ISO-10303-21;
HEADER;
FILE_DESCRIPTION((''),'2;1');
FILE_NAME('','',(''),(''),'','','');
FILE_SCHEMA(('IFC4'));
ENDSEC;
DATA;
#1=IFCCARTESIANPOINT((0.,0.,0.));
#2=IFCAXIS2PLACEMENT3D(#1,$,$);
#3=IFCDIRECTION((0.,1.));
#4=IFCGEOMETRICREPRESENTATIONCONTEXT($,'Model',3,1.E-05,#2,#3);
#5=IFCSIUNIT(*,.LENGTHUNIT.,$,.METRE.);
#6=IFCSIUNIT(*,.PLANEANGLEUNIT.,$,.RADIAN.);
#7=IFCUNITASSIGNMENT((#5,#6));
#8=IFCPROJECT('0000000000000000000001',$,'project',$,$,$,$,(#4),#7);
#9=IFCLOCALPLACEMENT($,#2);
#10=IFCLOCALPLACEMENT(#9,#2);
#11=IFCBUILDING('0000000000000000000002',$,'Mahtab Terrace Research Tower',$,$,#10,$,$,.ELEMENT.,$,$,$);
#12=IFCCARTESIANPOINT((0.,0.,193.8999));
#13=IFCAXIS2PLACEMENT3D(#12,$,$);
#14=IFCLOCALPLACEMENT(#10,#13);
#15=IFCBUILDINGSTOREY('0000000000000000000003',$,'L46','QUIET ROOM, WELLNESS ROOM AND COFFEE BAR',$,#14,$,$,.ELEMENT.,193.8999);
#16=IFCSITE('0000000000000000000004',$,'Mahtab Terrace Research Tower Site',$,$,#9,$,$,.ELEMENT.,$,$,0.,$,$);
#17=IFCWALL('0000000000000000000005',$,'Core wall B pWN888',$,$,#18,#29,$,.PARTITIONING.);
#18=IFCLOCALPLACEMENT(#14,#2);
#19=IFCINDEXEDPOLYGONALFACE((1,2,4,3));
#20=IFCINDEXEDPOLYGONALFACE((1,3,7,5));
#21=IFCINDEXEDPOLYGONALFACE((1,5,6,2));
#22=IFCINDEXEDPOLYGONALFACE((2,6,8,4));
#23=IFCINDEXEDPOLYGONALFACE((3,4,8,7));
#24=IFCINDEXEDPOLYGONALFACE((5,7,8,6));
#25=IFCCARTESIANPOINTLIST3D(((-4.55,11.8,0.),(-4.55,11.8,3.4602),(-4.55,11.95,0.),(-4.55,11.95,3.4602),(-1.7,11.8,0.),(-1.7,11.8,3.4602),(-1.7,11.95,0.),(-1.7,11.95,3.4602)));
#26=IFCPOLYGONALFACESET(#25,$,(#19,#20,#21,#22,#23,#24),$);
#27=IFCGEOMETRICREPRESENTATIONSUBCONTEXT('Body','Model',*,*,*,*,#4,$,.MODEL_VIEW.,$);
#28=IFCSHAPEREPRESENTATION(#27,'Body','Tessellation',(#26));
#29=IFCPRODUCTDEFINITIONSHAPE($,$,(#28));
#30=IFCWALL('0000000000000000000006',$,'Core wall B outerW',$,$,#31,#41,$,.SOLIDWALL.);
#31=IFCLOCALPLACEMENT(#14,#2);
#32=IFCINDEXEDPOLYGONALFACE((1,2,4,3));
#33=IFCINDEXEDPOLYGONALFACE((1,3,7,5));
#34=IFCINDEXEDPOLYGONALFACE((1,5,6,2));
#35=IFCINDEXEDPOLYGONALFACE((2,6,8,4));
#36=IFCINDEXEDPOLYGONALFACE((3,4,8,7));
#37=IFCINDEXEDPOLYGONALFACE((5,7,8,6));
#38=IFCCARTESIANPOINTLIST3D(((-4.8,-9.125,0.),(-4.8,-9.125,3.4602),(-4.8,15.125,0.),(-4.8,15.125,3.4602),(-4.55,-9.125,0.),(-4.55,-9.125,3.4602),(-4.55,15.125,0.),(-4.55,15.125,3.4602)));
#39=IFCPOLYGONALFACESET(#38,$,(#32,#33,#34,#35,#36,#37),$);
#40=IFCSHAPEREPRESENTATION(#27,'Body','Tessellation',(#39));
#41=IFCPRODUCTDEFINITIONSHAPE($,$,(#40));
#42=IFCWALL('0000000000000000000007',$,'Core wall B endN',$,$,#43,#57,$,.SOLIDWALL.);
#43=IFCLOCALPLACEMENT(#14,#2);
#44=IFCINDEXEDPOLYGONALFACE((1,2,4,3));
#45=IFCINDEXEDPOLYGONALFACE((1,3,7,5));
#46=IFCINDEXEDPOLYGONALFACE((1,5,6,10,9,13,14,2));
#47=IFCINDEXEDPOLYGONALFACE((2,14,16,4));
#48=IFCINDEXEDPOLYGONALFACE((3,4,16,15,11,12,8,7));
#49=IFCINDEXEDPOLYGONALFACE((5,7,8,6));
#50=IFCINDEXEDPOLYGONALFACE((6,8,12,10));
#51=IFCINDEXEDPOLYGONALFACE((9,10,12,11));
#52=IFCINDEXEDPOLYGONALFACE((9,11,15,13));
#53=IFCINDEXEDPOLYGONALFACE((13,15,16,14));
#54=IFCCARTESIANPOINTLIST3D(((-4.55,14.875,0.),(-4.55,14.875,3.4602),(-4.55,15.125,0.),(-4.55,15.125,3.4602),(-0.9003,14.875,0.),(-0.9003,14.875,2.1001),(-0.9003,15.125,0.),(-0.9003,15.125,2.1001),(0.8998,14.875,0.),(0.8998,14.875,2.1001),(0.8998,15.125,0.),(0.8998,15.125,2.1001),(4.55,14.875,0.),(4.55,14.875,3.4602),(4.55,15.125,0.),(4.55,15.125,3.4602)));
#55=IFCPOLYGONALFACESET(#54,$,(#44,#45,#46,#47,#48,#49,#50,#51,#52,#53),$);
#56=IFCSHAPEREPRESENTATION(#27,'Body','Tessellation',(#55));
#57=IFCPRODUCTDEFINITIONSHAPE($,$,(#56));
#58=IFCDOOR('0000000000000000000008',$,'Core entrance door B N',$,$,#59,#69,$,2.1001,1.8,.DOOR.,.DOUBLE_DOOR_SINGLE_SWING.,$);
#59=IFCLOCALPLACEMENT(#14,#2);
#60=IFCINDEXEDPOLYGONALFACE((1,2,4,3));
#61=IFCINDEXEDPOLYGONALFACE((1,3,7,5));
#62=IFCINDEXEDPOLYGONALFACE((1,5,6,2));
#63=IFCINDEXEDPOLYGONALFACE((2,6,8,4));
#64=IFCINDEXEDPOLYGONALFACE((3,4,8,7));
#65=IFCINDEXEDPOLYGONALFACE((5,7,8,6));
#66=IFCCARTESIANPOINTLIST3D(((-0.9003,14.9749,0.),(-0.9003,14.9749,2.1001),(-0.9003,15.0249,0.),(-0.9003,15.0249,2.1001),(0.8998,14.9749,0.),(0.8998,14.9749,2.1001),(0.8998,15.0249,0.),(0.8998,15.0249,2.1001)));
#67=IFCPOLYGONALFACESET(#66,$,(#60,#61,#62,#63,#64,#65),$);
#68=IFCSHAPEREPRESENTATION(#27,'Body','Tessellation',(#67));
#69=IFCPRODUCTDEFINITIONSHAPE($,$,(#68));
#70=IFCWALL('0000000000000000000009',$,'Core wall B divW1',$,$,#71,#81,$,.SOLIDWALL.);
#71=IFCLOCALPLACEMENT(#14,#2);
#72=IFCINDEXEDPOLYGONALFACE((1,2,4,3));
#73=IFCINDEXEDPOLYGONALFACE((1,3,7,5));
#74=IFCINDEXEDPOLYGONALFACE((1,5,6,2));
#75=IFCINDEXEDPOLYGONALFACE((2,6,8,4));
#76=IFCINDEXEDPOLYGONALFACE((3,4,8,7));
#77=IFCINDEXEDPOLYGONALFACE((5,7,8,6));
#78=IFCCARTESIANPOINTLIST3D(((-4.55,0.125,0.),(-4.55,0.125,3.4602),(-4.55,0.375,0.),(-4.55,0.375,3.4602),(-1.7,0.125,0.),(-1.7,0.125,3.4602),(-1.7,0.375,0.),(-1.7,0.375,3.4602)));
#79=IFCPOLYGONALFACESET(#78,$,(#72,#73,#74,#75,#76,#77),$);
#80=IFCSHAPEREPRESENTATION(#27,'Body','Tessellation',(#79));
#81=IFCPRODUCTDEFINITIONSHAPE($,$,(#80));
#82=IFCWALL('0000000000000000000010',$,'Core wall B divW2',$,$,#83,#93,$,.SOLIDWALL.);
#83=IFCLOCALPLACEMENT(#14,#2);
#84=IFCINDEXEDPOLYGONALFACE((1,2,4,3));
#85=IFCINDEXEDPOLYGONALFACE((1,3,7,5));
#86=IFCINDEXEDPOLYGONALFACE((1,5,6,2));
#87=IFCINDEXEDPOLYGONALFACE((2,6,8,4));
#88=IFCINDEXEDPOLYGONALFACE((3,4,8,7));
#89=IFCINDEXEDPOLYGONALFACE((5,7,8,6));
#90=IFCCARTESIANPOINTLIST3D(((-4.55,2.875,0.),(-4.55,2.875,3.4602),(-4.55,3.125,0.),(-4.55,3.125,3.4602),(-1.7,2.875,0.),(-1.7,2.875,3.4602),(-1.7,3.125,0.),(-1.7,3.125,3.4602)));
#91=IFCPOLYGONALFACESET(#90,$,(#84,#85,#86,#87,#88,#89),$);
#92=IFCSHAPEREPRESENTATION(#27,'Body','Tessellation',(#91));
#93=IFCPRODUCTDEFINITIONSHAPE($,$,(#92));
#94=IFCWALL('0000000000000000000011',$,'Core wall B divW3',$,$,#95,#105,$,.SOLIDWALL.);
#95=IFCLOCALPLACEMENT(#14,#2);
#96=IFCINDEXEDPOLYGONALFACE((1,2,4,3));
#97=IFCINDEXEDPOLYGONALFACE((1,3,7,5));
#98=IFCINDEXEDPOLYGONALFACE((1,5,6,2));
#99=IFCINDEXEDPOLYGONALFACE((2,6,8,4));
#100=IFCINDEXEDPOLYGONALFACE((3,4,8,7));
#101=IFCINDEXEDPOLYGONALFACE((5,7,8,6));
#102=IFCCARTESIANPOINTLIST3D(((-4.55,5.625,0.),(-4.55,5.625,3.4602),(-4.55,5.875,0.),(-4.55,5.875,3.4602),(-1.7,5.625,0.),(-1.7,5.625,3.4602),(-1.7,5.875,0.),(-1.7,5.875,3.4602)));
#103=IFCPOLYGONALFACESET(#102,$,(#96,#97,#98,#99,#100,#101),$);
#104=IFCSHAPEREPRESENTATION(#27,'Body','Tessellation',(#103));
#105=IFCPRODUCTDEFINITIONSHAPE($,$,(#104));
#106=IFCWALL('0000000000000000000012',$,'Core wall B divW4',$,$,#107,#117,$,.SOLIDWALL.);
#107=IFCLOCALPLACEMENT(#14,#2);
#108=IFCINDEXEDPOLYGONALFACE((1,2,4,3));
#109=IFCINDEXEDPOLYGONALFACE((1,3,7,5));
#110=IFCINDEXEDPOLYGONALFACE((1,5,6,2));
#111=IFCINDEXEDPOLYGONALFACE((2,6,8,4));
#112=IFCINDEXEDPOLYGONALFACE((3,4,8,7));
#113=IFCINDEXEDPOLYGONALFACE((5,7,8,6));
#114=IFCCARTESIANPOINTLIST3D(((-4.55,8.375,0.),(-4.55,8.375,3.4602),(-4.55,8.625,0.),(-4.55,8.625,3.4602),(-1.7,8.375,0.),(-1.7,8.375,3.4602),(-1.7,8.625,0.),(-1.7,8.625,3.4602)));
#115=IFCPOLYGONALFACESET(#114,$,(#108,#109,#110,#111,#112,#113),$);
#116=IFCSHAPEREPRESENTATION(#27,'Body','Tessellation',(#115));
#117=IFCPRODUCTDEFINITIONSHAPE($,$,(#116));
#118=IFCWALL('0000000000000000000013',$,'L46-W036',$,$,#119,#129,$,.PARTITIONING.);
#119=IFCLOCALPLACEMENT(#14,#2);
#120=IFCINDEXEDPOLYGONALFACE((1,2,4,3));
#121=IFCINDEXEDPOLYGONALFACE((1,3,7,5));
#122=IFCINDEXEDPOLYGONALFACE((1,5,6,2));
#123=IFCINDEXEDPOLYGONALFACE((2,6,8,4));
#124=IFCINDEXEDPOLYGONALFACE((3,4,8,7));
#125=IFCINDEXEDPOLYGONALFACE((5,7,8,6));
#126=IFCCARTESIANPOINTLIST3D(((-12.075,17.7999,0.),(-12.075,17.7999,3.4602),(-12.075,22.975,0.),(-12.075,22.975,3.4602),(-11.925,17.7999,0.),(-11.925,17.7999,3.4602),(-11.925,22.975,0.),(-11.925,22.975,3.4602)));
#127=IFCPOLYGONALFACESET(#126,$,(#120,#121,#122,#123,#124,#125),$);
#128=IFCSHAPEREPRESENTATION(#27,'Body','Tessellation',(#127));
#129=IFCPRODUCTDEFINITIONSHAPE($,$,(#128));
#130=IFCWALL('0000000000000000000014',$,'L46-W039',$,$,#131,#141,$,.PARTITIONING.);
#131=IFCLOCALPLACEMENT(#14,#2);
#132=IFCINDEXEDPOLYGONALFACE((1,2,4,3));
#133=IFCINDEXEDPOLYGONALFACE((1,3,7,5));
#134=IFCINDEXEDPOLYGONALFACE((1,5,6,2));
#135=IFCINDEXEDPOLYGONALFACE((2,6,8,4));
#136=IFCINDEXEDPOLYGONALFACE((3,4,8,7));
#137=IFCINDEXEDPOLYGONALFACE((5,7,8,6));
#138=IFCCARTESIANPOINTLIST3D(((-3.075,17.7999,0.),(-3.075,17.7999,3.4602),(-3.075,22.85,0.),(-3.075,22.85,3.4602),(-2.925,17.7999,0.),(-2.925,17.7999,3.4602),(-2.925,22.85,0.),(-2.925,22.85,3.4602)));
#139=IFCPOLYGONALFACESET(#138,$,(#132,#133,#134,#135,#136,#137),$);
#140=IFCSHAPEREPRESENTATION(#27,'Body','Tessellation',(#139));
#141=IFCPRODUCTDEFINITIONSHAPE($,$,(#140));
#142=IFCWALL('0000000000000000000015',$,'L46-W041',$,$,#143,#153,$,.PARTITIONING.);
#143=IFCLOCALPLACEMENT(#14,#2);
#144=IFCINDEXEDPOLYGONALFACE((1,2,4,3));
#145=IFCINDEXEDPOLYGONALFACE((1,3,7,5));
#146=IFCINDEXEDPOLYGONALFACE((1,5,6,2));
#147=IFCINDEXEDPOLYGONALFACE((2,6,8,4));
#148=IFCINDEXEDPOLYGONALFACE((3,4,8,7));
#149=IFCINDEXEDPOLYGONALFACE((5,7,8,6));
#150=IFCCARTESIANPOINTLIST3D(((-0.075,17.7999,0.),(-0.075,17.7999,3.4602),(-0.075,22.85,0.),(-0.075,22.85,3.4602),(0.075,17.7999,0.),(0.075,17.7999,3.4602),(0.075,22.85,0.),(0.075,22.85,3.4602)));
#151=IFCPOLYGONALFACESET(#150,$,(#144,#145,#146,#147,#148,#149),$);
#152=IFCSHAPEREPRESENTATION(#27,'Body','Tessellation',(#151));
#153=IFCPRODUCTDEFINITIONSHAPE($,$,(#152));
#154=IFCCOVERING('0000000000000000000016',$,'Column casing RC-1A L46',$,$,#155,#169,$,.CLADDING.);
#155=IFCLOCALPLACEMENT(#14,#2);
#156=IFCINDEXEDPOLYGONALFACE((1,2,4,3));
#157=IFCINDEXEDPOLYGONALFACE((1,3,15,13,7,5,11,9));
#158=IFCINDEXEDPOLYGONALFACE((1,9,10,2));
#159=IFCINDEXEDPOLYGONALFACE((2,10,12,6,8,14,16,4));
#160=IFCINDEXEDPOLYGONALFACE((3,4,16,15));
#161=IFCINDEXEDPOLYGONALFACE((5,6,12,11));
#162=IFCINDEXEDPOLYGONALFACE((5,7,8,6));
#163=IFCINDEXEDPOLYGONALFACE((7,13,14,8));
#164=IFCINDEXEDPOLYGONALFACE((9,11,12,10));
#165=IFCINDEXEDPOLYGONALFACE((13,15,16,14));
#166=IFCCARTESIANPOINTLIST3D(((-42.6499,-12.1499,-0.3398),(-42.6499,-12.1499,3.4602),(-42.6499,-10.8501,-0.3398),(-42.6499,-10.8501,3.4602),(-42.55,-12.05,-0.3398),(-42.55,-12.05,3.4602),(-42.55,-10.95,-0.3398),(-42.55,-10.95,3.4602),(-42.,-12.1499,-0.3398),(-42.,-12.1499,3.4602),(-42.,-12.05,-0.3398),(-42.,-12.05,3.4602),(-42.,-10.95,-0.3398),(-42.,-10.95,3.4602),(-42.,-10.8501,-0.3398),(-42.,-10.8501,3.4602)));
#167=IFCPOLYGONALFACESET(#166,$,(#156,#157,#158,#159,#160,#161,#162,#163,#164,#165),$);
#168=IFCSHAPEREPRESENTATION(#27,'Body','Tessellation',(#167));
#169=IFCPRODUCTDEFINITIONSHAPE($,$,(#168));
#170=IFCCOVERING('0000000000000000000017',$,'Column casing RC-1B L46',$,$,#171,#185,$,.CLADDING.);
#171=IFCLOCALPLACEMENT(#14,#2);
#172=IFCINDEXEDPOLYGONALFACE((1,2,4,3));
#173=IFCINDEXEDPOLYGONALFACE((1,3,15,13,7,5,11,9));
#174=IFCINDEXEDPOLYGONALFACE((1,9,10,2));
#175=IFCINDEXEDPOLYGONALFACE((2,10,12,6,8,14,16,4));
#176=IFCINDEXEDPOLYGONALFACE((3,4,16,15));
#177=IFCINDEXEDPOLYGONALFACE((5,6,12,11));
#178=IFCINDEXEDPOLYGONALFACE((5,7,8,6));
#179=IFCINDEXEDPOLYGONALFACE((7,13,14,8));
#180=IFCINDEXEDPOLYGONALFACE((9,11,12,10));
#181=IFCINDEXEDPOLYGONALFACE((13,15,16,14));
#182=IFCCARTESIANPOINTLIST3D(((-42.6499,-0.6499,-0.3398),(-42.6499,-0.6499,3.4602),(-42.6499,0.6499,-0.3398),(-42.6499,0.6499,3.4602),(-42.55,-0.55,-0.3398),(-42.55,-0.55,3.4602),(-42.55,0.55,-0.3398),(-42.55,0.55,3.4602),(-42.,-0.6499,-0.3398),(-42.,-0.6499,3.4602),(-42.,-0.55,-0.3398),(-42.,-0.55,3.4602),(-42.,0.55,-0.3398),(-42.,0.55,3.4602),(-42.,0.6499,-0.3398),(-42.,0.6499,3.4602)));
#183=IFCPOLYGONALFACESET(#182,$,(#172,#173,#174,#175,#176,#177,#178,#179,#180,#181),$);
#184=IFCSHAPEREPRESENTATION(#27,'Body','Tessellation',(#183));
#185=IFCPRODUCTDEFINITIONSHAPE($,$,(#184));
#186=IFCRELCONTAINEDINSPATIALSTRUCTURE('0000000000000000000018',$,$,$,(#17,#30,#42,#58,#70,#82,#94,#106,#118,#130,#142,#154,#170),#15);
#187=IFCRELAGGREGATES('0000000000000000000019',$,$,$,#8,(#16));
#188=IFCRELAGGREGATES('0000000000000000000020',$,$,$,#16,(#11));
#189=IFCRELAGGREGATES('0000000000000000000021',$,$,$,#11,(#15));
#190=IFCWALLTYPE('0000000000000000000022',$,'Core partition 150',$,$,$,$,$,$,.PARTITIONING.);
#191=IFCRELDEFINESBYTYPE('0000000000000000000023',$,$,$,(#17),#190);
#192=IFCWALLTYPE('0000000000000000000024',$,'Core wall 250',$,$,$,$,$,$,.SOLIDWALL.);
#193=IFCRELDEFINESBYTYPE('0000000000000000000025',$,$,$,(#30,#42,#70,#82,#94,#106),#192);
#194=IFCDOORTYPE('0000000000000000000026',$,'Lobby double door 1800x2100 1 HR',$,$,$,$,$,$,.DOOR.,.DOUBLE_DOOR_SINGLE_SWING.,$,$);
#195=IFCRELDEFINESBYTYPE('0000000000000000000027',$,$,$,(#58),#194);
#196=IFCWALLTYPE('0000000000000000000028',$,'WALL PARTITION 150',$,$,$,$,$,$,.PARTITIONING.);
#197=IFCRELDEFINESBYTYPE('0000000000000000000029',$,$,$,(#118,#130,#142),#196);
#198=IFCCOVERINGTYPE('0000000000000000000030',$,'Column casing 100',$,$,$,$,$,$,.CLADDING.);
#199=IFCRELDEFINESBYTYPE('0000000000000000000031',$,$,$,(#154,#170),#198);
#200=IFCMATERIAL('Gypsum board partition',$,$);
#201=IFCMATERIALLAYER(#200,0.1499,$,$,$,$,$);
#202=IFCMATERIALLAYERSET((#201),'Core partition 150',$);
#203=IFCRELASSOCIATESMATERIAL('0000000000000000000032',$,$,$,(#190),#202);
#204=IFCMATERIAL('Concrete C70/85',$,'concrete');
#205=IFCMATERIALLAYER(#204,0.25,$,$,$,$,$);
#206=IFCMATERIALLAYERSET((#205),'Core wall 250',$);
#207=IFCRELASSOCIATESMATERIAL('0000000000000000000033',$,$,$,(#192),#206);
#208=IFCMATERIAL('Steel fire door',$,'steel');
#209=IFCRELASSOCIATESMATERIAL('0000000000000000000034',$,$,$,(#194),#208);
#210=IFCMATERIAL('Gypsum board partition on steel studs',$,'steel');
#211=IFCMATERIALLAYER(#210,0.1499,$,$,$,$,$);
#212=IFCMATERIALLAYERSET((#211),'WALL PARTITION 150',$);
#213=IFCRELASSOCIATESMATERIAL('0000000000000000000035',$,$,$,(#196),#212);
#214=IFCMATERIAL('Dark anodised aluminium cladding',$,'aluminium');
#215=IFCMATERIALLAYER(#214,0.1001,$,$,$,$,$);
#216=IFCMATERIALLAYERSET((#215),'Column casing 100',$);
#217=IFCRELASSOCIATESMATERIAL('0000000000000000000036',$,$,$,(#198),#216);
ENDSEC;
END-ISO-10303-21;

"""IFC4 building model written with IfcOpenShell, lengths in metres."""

from ifc_helpers import new_model, si_unit, direction, frame, frame_2d, origin, place, context, subcontext, project, spatial, polyline, rectangle, outline, extrude, material, layer, layer_set, type_object, element, fill, save


model = new_model("IFC4")

# Units and contexts
model_context = context("Model", 3, precision=1e-05, world=origin(), true_north=direction((0.0, 1.0)))
body_context = subcontext(model_context, "Body", "Model", "MODEL_VIEW")
ifc_project = project(units=[si_unit("LENGTHUNIT", "METRE"), si_unit("PLANEANGLEUNIT", "RADIAN")], contexts=[model_context])

# Site, building, storey
site_placement = place(None, origin())
site = spatial("IfcSite", under=ifc_project, at=site_placement, Name="Mahtab Terrace Research Tower Site", CompositionType="ELEMENT", RefElevation=0.0)
building_placement = place(site_placement, origin())
building = spatial("IfcBuilding", under=site, at=building_placement, Name="Mahtab Terrace Research Tower", CompositionType="ELEMENT")
storey_placement = place(building_placement, frame((0.0, 0.0, 193.8999)))
storey = spatial("IfcBuildingStorey", under=building, at=storey_placement, Name="L46", Description="QUIET ROOM, WELLNESS ROOM AND COFFEE BAR", CompositionType="ELEMENT", Elevation=193.8999)

# Shared definitions
ifc_material_1 = material(Name="Concrete C70/85", Category="concrete")

# Walls
ifc_material_2 = material(Name="Gypsum board partition")
ifc_layer_1 = layer(ifc_material_2, 0.1499)
ifc_layer_set_1 = layer_set([ifc_layer_1], Name="Core partition 150")
wall_type_1 = type_object("IfcWallType", Name="Core partition 150", PredefinedType="PARTITIONING", material=ifc_layer_set_1)
wall_1_placement = place(storey_placement, frame((-4.55, 11.875, 0.0), z_axis=(0.0, 0.0, 1.0), x_axis=(1.0, 0.0, 0.0)))
element("IfcWall", 1, at=wall_1_placement, inside=storey, type_object=wall_type_1, Name="Core wall B pWN888", PredefinedType="PARTITIONING", context=body_context, shape_type="SweptSolid", body=[
    extrude(rectangle(XDim=2.8501, YDim=0.1499, at=frame_2d((1.425, 0.0))), origin(), (0.0, 0.0, 1.0), 3.4602),
])
ifc_layer_2 = layer(ifc_material_1, 0.25)
ifc_layer_set_2 = layer_set([ifc_layer_2], Name="Core wall 250")
wall_type_2 = type_object("IfcWallType", Name="Core wall 250", PredefinedType="SOLIDWALL", material=ifc_layer_set_2)
wall_2_placement = place(storey_placement, frame((-4.675, 15.125, 0.0), z_axis=(0.0, 0.0, 1.0), x_axis=(0.0, -1.0, 0.0)))
element("IfcWall", 2, at=wall_2_placement, inside=storey, type_object=wall_type_2, Name="Core wall B outerW", PredefinedType="SOLIDWALL", context=body_context, shape_type="SweptSolid", body=[
    extrude(rectangle(XDim=24.25, YDim=0.25, at=frame_2d((12.125, 0.0))), origin(), (0.0, 0.0, 1.0), 3.4602),
])

# Wall, opening, door
wall_3_placement = place(storey_placement, frame((-4.55, 15.0, 0.0), z_axis=(0.0, 0.0, 1.0), x_axis=(1.0, 0.0, 0.0)))
wall_3 = element("IfcWall", 3, at=wall_3_placement, inside=storey, type_object=wall_type_2, Name="Core wall B endN", PredefinedType="SOLIDWALL", context=body_context, shape_type="SweptSolid", body=[
    extrude(rectangle(XDim=9.1001, YDim=0.25, at=frame_2d((4.55, 0.0))), origin(), (0.0, 0.0, 1.0), 3.4602),
])
opening_placement = place(wall_3_placement, frame((3.6499, 0.0, 0.0)))
opening = element("IfcOpeningElement", 4, at=opening_placement, cuts=wall_3, PredefinedType="OPENING", context=body_context, shape_type="SweptSolid", body=[
    extrude(rectangle(XDim=1.8, YDim=2.1001, at=frame_2d((0.8999, 1.05))), frame((0.0, 0.135, 0.0), z_axis=(0.0, -1.0, 0.0), x_axis=(1.0, 0.0, 0.0)), (0.0, 0.0, 1.0), 0.27),
])
ifc_material_3 = material(Name="Steel fire door", Category="steel")
door_type = type_object("IfcDoorType", Name="Lobby double door 1800x2100 1 HR", OperationType="DOUBLE_DOOR_SINGLE_SWING", PredefinedType="DOOR", material=ifc_material_3)
door_placement = place(opening_placement, origin())
door = element("IfcDoor", 5, at=door_placement, inside=storey, type_object=door_type, Name="Core entrance door B N", OperationType="DOUBLE_DOOR_SINGLE_SWING", OverallHeight=2.1001, OverallWidth=1.8, PredefinedType="DOOR", context=body_context, shape_type="SweptSolid", body=[
    extrude(rectangle(XDim=1.8, YDim=2.1001, at=frame_2d((0.8999, 1.05))), frame((0.0, 0.0249, 0.0), z_axis=(0.0, -1.0, 0.0), x_axis=(1.0, 0.0, 0.0)), (0.0, 0.0, 1.0), 0.05),
])
fill(opening, door)

# Walls
for number, where, z_axis, x_axis, name in (
    (6, (-4.55, 0.25, 0.0), (0.0, 0.0, 1.0), (1.0, 0.0, 0.0), "Core wall B divW1"),
    (7, (-4.55, 3.0, 0.0), (0.0, 0.0, 1.0), (1.0, 0.0, 0.0), "Core wall B divW2"),
    (8, (-4.55, 5.75, 0.0), (0.0, 0.0, 1.0), (1.0, 0.0, 0.0), "Core wall B divW3"),
    (9, (-4.55, 8.5, 0.0), (0.0, 0.0, 1.0), (1.0, 0.0, 0.0), "Core wall B divW4"),
):
    element("IfcWall", number, at=place(storey_placement, frame(where, z_axis=z_axis, x_axis=x_axis)), inside=storey, type_object=wall_type_2, Name=name, PredefinedType="SOLIDWALL", context=body_context, shape_type="SweptSolid", body=[
        extrude(rectangle(XDim=2.8501, YDim=0.25, at=frame_2d((1.425, 0.0))), origin(), (0.0, 0.0, 1.0), 3.4602),
    ])
ifc_material_4 = material(Name="Gypsum board partition on steel studs", Category="steel")
ifc_layer_3 = layer(ifc_material_4, 0.1499)
ifc_layer_set_3 = layer_set([ifc_layer_3], Name="WALL PARTITION 150")
wall_type_3 = type_object("IfcWallType", Name="WALL PARTITION 150", PredefinedType="PARTITIONING", material=ifc_layer_set_3)
wall_4_placement = place(storey_placement, frame((-12.0, 17.8, 0.0), z_axis=(0.0, 0.0, 1.0), x_axis=(0.0, 1.0, 0.0)))
element("IfcWall", 10, at=wall_4_placement, inside=storey, type_object=wall_type_3, Name="L46-W036", PredefinedType="PARTITIONING", context=body_context, shape_type="SweptSolid", body=[
    extrude(rectangle(XDim=5.175, YDim=0.1499, at=frame_2d((2.5874, 0.0))), origin(), (0.0, 0.0, 1.0), 3.4602),
])
for number, where, z_axis, x_axis, name in (
    (11, (-3.0, 17.8, 0.0), (0.0, 0.0, 1.0), (0.0, 1.0, 0.0), "L46-W039"),
    (12, (0.0, 17.8, 0.0), (0.0, 0.0, 1.0), (0.0, 1.0, 0.0), "L46-W041"),
):
    element("IfcWall", number, at=place(storey_placement, frame(where, z_axis=z_axis, x_axis=x_axis)), inside=storey, type_object=wall_type_3, Name=name, PredefinedType="PARTITIONING", context=body_context, shape_type="SweptSolid", body=[
        extrude(rectangle(XDim=5.05, YDim=0.1499, at=frame_2d((2.5249, 0.0))), origin(), (0.0, 0.0, 1.0), 3.4602),
    ])

# Coverings
ifc_material_5 = material(Name="Dark anodised aluminium cladding", Category="aluminium")
ifc_layer_4 = layer(ifc_material_5, 0.1001)
ifc_layer_set_4 = layer_set([ifc_layer_4], Name="Column casing 100")
covering_type_1 = type_object("IfcCoveringType", Name="Column casing 100", PredefinedType="CLADDING", material=ifc_layer_set_4)
covering_1_placement = place(storey_placement, frame((0.0, 0.0, -0.3398)))
element("IfcCovering", 13, at=covering_1_placement, inside=storey, type_object=covering_type_1, Name="Column casing RC-1A L46", PredefinedType="CLADDING", context=body_context, shape_type="SweptSolid", body=[
    extrude(outline(polyline([(-42.6499, -10.8501), (-42.0, -10.8501), (-42.0, -10.95), (-42.55, -10.95), (-42.55, -12.05), (-42.0, -12.05), (-42.0, -12.1499), (-42.6499, -12.1499), (-42.6499, -10.8501)])), origin(), (0.0, 0.0, 1.0), 3.8),
])
covering_2_placement = place(storey_placement, frame((0.0, 0.0, -0.3398)))
element("IfcCovering", 14, at=covering_2_placement, inside=storey, type_object=covering_type_1, Name="Column casing RC-1B L46", PredefinedType="CLADDING", context=body_context, shape_type="SweptSolid", body=[
    extrude(outline(polyline([(-42.6499, 0.6499), (-42.0, 0.6499), (-42.0, 0.55), (-42.55, 0.55), (-42.55, -0.55), (-42.0, -0.55), (-42.0, -0.6499), (-42.6499, -0.6499), (-42.6499, 0.6499)])), origin(), (0.0, 0.0, 1.0), 3.8),
])

save(model, "model.ifc")
